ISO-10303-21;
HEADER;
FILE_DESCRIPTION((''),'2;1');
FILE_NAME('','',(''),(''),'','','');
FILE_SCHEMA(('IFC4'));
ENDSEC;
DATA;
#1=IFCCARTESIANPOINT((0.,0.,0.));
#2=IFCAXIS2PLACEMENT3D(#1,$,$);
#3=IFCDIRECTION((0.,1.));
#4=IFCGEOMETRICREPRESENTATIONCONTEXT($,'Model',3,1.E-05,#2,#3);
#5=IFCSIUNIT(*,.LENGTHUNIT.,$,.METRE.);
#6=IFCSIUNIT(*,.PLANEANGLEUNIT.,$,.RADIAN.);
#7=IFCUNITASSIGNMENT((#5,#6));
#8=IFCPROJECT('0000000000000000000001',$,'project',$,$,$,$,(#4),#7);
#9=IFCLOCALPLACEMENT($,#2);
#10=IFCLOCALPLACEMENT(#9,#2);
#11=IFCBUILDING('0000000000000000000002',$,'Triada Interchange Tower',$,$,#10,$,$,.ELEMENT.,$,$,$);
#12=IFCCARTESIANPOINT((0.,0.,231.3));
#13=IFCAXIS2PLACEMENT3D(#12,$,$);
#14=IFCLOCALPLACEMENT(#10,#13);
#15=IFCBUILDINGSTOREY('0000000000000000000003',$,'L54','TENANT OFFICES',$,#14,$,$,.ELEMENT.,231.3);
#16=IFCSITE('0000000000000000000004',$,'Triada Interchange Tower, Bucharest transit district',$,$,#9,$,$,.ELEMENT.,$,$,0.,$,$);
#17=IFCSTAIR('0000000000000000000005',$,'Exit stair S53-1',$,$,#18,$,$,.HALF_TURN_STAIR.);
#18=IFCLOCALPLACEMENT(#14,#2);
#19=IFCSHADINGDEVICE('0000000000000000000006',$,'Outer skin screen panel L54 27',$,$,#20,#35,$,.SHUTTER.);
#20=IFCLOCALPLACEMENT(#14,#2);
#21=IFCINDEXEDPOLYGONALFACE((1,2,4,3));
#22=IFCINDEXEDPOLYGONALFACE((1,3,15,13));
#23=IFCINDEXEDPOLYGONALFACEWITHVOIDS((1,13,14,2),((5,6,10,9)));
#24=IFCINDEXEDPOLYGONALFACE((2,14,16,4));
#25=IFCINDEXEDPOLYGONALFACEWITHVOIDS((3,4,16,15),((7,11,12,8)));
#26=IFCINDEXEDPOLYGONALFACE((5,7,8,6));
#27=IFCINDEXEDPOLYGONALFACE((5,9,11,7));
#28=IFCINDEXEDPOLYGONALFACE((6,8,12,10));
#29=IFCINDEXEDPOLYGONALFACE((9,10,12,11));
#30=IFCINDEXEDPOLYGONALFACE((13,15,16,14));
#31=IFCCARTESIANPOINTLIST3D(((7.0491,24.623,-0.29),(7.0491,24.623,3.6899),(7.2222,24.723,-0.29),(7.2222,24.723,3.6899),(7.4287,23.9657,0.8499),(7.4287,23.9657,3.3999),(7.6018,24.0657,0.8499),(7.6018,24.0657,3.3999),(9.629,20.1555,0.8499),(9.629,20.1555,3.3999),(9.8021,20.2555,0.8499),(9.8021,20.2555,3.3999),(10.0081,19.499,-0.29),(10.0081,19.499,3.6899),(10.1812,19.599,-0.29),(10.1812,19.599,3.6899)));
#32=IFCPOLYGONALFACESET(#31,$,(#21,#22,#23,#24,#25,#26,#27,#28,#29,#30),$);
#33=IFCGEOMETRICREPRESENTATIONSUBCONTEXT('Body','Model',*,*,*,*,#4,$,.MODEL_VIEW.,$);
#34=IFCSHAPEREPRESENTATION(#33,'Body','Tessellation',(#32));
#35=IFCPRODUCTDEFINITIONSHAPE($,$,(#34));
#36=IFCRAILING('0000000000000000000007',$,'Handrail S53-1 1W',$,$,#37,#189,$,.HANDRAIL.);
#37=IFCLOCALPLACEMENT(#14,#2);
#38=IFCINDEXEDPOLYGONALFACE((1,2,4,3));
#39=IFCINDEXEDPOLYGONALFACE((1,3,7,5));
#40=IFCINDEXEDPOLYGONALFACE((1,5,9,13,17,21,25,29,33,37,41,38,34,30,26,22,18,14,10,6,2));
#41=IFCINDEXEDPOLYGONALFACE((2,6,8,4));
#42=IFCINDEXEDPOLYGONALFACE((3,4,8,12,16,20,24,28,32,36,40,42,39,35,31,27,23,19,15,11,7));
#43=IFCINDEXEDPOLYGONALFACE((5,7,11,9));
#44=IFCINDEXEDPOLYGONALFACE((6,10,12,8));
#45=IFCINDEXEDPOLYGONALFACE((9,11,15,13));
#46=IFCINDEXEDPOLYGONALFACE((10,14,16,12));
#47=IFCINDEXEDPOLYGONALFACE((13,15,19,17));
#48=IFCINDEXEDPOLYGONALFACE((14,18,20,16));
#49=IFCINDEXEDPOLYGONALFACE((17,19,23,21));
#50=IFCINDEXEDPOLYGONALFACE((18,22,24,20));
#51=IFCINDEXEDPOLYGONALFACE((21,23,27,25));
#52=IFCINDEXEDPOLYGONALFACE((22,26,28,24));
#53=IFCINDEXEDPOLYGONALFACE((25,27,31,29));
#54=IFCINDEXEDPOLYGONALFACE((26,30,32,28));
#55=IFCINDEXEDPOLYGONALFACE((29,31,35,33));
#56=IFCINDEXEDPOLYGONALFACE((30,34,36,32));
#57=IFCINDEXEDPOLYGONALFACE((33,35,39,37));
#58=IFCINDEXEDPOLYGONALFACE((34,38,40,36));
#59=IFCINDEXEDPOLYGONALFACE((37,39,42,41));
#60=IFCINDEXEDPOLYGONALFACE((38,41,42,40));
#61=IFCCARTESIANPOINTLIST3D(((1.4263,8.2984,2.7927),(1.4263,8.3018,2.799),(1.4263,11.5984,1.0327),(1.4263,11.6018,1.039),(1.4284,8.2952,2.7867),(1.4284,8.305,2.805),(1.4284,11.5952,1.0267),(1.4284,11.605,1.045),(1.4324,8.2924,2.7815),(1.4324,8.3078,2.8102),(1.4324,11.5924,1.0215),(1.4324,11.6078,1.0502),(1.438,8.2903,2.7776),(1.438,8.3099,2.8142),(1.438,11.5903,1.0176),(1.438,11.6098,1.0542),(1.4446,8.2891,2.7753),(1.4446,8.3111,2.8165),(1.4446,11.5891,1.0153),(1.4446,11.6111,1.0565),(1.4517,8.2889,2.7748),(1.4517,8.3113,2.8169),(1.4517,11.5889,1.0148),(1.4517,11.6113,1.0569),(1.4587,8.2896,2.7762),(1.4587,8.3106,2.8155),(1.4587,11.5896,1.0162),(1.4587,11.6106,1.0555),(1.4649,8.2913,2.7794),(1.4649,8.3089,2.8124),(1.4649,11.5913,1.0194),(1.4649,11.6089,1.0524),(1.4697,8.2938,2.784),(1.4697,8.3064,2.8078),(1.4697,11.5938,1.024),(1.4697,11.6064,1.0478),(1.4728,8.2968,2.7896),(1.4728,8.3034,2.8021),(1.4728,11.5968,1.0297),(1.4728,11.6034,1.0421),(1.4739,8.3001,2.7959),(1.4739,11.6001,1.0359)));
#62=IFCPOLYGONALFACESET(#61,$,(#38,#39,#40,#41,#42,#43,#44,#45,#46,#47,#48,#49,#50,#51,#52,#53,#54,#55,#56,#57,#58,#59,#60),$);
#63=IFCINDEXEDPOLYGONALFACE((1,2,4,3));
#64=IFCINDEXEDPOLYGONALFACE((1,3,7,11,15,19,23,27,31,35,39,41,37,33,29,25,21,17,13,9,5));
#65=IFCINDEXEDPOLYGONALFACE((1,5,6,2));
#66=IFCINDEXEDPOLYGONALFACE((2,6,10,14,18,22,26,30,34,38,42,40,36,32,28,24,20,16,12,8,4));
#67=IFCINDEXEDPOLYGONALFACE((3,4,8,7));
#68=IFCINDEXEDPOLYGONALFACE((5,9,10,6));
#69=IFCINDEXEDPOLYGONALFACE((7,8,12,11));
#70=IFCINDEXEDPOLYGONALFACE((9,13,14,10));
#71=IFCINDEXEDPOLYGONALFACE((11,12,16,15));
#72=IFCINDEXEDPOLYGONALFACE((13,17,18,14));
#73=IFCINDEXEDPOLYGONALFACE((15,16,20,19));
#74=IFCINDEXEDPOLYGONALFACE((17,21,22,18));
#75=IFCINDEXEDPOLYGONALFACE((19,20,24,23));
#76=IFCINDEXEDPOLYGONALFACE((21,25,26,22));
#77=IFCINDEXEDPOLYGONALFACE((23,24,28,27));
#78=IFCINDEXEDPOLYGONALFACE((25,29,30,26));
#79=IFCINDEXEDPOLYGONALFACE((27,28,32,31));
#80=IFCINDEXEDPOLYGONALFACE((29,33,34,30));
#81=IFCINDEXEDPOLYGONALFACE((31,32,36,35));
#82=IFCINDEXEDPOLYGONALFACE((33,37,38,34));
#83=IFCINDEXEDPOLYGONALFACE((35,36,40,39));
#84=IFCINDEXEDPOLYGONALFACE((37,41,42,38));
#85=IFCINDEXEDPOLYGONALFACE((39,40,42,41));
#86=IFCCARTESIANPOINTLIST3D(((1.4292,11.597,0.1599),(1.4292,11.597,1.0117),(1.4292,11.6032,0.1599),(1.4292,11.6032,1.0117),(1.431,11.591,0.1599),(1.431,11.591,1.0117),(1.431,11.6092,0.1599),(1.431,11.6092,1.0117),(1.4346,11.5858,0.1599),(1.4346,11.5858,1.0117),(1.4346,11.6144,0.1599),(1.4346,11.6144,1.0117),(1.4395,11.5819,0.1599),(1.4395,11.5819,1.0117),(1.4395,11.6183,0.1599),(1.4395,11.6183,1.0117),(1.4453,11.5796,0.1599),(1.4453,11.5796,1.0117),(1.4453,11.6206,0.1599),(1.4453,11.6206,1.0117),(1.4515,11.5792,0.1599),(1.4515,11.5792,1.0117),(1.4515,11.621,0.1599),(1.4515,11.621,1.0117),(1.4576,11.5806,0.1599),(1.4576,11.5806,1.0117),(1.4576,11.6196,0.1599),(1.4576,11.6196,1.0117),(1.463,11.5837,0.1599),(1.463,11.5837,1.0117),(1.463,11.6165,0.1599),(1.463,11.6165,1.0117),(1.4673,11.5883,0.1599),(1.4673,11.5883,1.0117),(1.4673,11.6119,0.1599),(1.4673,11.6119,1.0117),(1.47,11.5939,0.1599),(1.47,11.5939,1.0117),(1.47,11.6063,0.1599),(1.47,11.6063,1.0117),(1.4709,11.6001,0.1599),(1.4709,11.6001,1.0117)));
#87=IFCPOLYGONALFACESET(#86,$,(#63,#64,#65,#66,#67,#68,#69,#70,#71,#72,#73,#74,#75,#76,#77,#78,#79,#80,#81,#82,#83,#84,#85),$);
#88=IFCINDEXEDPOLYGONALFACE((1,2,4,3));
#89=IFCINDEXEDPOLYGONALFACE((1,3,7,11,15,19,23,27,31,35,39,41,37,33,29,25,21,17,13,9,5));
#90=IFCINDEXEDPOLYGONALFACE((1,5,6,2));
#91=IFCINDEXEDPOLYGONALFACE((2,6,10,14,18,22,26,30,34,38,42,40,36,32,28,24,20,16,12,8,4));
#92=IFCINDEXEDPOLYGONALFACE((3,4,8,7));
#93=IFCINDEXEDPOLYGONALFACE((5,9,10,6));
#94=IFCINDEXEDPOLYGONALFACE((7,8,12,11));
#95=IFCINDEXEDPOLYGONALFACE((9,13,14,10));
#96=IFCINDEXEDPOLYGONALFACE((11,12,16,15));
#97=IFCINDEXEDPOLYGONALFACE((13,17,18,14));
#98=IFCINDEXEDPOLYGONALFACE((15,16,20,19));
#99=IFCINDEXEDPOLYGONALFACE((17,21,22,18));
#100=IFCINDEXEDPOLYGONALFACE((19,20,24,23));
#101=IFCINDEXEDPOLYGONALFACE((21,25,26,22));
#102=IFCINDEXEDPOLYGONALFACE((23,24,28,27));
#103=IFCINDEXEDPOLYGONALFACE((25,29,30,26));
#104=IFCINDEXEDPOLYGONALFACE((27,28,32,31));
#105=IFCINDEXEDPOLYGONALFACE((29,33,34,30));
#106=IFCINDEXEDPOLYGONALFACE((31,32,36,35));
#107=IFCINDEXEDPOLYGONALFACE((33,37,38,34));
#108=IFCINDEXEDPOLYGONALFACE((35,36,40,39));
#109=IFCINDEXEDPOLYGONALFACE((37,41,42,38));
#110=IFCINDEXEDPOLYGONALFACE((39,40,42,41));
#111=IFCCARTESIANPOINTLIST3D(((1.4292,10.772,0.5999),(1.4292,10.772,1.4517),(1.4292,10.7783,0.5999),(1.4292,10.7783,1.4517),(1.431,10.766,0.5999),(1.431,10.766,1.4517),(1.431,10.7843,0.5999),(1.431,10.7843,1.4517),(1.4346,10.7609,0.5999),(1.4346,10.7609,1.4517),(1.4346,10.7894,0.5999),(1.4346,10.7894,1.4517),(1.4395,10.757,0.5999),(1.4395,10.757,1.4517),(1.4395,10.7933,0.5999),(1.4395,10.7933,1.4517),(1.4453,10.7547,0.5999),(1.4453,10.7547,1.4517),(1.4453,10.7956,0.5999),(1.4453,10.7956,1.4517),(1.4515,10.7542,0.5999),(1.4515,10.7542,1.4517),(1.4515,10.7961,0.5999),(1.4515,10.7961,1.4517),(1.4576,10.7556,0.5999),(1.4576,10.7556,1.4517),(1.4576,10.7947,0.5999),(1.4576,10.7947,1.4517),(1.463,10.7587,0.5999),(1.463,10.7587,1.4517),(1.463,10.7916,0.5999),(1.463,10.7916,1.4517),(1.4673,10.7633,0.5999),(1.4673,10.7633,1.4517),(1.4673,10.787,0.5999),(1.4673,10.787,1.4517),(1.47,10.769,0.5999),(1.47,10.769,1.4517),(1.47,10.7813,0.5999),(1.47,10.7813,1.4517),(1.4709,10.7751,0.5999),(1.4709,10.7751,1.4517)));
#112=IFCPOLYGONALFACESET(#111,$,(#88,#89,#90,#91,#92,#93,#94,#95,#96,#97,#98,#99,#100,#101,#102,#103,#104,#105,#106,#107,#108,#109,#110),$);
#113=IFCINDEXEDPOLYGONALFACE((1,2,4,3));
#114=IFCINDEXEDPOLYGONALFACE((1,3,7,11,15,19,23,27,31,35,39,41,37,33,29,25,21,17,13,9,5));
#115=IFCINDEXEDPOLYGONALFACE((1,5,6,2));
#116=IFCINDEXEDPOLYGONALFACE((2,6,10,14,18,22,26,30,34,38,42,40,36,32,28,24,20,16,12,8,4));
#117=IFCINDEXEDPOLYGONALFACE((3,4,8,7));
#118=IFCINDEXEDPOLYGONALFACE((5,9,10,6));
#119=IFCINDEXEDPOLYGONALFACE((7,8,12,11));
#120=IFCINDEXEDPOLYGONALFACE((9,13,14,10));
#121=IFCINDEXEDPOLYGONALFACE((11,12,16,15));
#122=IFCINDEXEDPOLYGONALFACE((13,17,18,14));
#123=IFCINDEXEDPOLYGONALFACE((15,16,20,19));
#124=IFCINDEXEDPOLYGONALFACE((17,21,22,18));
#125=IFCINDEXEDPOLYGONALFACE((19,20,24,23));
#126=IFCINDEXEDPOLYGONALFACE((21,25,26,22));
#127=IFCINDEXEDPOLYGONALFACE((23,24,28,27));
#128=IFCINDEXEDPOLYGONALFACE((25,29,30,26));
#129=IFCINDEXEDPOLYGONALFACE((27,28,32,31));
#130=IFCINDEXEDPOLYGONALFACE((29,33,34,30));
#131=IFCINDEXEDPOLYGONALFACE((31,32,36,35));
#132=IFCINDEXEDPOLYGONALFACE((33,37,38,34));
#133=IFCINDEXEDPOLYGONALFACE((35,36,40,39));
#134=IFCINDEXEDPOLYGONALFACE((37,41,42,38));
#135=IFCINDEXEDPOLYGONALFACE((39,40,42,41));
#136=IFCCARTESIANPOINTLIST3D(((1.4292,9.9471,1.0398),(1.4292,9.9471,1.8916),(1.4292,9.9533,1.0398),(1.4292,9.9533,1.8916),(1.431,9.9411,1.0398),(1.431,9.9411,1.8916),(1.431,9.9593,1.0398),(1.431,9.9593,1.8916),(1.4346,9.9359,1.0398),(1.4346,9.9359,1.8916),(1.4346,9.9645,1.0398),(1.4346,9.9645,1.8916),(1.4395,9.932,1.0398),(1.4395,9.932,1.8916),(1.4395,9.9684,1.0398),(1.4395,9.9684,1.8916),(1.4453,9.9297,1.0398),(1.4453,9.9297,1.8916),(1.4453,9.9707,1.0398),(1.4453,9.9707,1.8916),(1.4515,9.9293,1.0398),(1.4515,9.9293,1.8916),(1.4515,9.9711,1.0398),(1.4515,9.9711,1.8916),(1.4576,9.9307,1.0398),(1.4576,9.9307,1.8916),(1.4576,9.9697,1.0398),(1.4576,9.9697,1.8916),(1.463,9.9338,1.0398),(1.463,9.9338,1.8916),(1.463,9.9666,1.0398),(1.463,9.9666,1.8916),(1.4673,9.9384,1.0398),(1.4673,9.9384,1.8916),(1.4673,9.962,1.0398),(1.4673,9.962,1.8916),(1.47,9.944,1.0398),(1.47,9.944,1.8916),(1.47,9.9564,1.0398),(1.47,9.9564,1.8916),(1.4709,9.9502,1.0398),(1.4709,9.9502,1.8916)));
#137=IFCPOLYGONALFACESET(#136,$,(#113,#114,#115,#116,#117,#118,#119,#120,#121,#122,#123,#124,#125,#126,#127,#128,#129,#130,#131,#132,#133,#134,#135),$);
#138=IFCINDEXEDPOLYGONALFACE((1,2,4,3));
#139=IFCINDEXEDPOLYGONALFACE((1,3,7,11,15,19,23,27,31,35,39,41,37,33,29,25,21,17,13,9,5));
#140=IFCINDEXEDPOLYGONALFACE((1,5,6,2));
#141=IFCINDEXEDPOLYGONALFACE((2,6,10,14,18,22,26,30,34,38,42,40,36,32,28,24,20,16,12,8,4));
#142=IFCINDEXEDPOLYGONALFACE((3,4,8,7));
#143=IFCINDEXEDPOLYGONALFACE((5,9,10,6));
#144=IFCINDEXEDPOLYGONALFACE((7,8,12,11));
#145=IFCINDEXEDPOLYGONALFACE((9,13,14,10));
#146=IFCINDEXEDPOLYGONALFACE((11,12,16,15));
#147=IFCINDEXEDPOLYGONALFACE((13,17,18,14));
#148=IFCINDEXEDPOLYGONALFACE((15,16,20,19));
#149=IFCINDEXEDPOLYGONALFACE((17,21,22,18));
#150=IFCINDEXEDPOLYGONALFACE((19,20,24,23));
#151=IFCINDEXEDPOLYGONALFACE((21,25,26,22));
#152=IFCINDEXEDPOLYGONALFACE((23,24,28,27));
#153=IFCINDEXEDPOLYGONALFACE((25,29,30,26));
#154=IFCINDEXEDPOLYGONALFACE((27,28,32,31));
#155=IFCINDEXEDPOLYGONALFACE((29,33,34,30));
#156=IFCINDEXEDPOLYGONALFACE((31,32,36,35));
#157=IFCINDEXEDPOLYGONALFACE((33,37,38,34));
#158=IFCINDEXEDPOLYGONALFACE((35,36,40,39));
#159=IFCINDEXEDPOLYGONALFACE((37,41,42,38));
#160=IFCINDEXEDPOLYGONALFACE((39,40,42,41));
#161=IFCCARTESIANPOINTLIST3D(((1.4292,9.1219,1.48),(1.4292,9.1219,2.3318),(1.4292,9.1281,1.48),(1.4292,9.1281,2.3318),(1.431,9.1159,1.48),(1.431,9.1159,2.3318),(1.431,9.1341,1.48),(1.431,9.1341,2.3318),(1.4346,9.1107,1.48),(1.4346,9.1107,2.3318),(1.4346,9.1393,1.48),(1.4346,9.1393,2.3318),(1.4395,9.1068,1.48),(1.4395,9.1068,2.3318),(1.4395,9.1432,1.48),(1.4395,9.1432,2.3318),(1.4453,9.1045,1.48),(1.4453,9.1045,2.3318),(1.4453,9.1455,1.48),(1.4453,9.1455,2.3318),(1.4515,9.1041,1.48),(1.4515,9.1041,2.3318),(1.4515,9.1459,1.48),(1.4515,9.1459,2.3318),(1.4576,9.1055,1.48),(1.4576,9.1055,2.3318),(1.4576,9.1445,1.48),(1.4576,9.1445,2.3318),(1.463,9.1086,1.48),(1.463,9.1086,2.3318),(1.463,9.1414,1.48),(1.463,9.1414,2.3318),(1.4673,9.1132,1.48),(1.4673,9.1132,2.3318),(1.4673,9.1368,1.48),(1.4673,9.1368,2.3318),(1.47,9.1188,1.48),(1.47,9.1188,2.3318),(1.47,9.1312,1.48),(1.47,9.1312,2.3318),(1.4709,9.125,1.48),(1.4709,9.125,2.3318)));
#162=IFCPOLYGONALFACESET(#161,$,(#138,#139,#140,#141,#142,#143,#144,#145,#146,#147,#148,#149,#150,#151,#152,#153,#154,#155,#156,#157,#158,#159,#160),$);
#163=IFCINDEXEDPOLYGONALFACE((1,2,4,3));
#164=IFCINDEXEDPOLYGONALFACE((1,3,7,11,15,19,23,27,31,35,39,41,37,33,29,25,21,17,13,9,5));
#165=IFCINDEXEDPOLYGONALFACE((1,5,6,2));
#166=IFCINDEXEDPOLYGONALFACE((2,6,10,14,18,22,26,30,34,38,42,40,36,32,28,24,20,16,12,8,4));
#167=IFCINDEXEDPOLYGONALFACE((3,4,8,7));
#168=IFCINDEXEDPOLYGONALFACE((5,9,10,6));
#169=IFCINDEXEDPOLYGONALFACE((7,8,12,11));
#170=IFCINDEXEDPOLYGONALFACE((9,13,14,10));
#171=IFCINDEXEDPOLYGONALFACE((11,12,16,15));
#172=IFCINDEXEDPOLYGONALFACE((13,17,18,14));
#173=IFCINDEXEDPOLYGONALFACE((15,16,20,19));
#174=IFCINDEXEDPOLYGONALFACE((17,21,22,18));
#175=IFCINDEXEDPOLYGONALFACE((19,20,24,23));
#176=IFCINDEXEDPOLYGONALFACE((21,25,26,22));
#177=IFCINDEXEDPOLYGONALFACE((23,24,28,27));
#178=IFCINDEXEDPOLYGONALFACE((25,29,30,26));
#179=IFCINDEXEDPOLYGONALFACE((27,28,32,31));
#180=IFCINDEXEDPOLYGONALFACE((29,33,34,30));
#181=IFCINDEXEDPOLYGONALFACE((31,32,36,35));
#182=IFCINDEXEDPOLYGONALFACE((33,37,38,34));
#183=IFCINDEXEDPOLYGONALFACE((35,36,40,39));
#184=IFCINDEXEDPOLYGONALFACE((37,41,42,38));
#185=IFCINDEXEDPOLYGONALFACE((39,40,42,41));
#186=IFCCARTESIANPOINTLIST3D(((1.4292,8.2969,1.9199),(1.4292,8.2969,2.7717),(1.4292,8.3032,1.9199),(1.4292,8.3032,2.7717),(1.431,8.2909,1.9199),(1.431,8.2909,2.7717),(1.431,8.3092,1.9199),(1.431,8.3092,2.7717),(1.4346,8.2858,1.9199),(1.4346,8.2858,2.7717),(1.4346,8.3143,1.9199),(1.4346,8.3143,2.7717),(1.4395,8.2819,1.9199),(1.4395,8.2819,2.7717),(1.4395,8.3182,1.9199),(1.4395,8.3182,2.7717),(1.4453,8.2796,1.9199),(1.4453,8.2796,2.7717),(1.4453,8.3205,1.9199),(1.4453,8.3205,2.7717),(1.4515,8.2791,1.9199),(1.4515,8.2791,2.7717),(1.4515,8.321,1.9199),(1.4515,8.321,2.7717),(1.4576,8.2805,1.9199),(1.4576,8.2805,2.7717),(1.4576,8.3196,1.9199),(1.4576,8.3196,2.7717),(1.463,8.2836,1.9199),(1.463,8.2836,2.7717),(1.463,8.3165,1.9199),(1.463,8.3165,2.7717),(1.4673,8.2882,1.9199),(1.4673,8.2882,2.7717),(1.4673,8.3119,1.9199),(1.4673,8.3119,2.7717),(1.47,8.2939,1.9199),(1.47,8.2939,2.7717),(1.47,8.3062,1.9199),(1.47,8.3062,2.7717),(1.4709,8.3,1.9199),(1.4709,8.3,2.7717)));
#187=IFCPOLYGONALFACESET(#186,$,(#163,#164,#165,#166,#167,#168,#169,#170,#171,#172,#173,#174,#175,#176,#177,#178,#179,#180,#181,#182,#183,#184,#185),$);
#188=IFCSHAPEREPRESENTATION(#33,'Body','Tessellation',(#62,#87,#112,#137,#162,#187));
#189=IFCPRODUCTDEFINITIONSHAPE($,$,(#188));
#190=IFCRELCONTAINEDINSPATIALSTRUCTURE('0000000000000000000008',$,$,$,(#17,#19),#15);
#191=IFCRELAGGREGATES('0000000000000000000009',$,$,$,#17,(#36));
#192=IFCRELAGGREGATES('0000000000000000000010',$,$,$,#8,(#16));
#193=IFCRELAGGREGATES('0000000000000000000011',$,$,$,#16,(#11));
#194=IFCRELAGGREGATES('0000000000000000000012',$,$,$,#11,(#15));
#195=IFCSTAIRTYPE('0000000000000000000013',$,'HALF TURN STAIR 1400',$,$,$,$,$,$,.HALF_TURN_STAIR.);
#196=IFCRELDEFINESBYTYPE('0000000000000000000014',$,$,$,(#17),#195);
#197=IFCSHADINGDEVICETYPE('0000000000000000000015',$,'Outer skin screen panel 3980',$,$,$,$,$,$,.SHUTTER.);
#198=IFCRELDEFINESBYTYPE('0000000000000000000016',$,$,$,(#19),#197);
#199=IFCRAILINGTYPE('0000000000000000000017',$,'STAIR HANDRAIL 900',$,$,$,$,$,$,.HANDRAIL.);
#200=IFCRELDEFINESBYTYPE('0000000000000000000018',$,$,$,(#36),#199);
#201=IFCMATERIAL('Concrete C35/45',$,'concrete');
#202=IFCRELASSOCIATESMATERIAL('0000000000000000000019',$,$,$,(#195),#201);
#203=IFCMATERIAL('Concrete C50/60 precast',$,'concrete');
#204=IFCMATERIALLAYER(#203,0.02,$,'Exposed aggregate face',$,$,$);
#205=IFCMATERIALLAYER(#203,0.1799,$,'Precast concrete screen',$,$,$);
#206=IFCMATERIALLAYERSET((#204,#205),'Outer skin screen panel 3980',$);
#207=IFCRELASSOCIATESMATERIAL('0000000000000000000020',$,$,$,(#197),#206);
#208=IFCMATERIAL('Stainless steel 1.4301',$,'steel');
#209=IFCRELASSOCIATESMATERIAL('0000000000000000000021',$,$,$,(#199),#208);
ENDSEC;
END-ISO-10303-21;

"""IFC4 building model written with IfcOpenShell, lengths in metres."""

from ifc_helpers import new_model, si_unit, direction, frame, origin, origin_2d, place, context, subcontext, project, spatial, polyline, circle, outline, extrude, material, layer, layer_set, type_object, element, aggregate, save


model = new_model("IFC4")

# Units and contexts
model_context = context("Model", 3, precision=1e-05, world=origin(), true_north=direction((0.0, 1.0)))
body_context = subcontext(model_context, "Body", "Model", "MODEL_VIEW")
ifc_project = project(units=[si_unit("LENGTHUNIT", "METRE"), si_unit("PLANEANGLEUNIT", "RADIAN")], contexts=[model_context])

# Site, building, storey
site_placement = place(None, origin())
site = spatial("IfcSite", under=ifc_project, at=site_placement, Name="Triada Interchange Tower, Bucharest transit district", CompositionType="ELEMENT", RefElevation=0.0)
building_placement = place(site_placement, origin())
building = spatial("IfcBuilding", under=site, at=building_placement, Name="Triada Interchange Tower", CompositionType="ELEMENT")
storey_placement = place(building_placement, frame((0.0, 0.0, 231.3)))
storey = spatial("IfcBuildingStorey", under=building, at=storey_placement, Name="L54", Description="TENANT OFFICES", CompositionType="ELEMENT", Elevation=231.3)

# Stair
ifc_material_1 = material(Name="Concrete C35/45", Category="concrete")
stair_type = type_object("IfcStairType", Name="HALF TURN STAIR 1400", PredefinedType="HALF_TURN_STAIR", material=ifc_material_1)
stair_placement = place(storey_placement, origin())
stair = element("IfcStair", 1, at=stair_placement, inside=storey, type_object=stair_type, Name="Exit stair S53-1", PredefinedType="HALF_TURN_STAIR")

# Shading device
ifc_material_2 = material(Name="Concrete C50/60 precast", Category="concrete")
ifc_layer_1 = layer(ifc_material_2, 0.02, Name="Exposed aggregate face")
ifc_layer_2 = layer(ifc_material_2, 0.1799, Name="Precast concrete screen")
ifc_layer_set_1 = layer_set([ifc_layer_1, ifc_layer_2], Name="Outer skin screen panel 3980")
shading_device_type = type_object("IfcShadingDeviceType", Name="Outer skin screen panel 3980", PredefinedType="SHUTTER", material=ifc_layer_set_1)
shading_device_1_placement = place(storey_placement, frame((10.0081, 19.499, -0.29), z_axis=(0.0, 0.0, 1.0), x_axis=(-0.50008, 0.865979, 0.0)))
element("IfcShadingDevice", 2, at=shading_device_1_placement, inside=storey, type_object=shading_device_type, Name="Outer skin screen panel L54 27", PredefinedType="SHUTTER", context=body_context, shape_type="SweptSolid", body=[
    extrude(outline(polyline([(0.0, 0.0), (5.917, 0.0), (5.917, 3.98), (0.0, 3.98), (0.0, 0.0)]), holes=[polyline([(0.7581, 1.1399), (0.7581, 3.6899), (5.158, 3.6899), (5.158, 1.1399), (0.7581, 1.1399)])]), frame((0.0, 0.0, 0.0), z_axis=(0.0, -1.0, 0.0), x_axis=(1.0, 0.0, 0.0)), (0.0, 0.0, 1.0), 0.2),
])

# Railing
ifc_material_3 = material(Name="Stainless steel 1.4301", Category="steel")
railing_type = type_object("IfcRailingType", Name="STAIR HANDRAIL 900", PredefinedType="HANDRAIL", material=ifc_material_3)
railing_1_placement = place(storey_placement, frame((1.45, 11.6001, 0.1599)))
railing_1 = element("IfcRailing", 3, at=railing_1_placement, type_object=railing_type, Name="Handrail S53-1 1W", PredefinedType="HANDRAIL", context=body_context, shape_type="SweptSolid", body=[
    extrude(circle(Radius=0.0239, at=origin_2d()), frame((0.0, 0.0, 0.876), z_axis=(0.0, -0.882355, 0.470585), x_axis=(1.0, 0.0, 0.0)), (0.0, 0.0, 1.0), 3.74),
    extrude(circle(Radius=0.021, at=origin_2d()), origin(), (0.0, 0.0, 1.0), 0.8518),
    extrude(circle(Radius=0.021, at=origin_2d()), frame((0.0, -0.825, 0.4399)), (0.0, 0.0, 1.0), 0.8518),
    extrude(circle(Radius=0.021, at=origin_2d()), frame((0.0, -1.6499, 0.8799)), (0.0, 0.0, 1.0), 0.8518),
    extrude(circle(Radius=0.021, at=origin_2d()), frame((0.0, -2.4751, 1.3201)), (0.0, 0.0, 1.0), 0.8518),
    extrude(circle(Radius=0.021, at=origin_2d()), frame((0.0, -3.3, 1.76)), (0.0, 0.0, 1.0), 0.8518),
])
aggregate(stair, [railing_1])

save(model, "model.ifc")
